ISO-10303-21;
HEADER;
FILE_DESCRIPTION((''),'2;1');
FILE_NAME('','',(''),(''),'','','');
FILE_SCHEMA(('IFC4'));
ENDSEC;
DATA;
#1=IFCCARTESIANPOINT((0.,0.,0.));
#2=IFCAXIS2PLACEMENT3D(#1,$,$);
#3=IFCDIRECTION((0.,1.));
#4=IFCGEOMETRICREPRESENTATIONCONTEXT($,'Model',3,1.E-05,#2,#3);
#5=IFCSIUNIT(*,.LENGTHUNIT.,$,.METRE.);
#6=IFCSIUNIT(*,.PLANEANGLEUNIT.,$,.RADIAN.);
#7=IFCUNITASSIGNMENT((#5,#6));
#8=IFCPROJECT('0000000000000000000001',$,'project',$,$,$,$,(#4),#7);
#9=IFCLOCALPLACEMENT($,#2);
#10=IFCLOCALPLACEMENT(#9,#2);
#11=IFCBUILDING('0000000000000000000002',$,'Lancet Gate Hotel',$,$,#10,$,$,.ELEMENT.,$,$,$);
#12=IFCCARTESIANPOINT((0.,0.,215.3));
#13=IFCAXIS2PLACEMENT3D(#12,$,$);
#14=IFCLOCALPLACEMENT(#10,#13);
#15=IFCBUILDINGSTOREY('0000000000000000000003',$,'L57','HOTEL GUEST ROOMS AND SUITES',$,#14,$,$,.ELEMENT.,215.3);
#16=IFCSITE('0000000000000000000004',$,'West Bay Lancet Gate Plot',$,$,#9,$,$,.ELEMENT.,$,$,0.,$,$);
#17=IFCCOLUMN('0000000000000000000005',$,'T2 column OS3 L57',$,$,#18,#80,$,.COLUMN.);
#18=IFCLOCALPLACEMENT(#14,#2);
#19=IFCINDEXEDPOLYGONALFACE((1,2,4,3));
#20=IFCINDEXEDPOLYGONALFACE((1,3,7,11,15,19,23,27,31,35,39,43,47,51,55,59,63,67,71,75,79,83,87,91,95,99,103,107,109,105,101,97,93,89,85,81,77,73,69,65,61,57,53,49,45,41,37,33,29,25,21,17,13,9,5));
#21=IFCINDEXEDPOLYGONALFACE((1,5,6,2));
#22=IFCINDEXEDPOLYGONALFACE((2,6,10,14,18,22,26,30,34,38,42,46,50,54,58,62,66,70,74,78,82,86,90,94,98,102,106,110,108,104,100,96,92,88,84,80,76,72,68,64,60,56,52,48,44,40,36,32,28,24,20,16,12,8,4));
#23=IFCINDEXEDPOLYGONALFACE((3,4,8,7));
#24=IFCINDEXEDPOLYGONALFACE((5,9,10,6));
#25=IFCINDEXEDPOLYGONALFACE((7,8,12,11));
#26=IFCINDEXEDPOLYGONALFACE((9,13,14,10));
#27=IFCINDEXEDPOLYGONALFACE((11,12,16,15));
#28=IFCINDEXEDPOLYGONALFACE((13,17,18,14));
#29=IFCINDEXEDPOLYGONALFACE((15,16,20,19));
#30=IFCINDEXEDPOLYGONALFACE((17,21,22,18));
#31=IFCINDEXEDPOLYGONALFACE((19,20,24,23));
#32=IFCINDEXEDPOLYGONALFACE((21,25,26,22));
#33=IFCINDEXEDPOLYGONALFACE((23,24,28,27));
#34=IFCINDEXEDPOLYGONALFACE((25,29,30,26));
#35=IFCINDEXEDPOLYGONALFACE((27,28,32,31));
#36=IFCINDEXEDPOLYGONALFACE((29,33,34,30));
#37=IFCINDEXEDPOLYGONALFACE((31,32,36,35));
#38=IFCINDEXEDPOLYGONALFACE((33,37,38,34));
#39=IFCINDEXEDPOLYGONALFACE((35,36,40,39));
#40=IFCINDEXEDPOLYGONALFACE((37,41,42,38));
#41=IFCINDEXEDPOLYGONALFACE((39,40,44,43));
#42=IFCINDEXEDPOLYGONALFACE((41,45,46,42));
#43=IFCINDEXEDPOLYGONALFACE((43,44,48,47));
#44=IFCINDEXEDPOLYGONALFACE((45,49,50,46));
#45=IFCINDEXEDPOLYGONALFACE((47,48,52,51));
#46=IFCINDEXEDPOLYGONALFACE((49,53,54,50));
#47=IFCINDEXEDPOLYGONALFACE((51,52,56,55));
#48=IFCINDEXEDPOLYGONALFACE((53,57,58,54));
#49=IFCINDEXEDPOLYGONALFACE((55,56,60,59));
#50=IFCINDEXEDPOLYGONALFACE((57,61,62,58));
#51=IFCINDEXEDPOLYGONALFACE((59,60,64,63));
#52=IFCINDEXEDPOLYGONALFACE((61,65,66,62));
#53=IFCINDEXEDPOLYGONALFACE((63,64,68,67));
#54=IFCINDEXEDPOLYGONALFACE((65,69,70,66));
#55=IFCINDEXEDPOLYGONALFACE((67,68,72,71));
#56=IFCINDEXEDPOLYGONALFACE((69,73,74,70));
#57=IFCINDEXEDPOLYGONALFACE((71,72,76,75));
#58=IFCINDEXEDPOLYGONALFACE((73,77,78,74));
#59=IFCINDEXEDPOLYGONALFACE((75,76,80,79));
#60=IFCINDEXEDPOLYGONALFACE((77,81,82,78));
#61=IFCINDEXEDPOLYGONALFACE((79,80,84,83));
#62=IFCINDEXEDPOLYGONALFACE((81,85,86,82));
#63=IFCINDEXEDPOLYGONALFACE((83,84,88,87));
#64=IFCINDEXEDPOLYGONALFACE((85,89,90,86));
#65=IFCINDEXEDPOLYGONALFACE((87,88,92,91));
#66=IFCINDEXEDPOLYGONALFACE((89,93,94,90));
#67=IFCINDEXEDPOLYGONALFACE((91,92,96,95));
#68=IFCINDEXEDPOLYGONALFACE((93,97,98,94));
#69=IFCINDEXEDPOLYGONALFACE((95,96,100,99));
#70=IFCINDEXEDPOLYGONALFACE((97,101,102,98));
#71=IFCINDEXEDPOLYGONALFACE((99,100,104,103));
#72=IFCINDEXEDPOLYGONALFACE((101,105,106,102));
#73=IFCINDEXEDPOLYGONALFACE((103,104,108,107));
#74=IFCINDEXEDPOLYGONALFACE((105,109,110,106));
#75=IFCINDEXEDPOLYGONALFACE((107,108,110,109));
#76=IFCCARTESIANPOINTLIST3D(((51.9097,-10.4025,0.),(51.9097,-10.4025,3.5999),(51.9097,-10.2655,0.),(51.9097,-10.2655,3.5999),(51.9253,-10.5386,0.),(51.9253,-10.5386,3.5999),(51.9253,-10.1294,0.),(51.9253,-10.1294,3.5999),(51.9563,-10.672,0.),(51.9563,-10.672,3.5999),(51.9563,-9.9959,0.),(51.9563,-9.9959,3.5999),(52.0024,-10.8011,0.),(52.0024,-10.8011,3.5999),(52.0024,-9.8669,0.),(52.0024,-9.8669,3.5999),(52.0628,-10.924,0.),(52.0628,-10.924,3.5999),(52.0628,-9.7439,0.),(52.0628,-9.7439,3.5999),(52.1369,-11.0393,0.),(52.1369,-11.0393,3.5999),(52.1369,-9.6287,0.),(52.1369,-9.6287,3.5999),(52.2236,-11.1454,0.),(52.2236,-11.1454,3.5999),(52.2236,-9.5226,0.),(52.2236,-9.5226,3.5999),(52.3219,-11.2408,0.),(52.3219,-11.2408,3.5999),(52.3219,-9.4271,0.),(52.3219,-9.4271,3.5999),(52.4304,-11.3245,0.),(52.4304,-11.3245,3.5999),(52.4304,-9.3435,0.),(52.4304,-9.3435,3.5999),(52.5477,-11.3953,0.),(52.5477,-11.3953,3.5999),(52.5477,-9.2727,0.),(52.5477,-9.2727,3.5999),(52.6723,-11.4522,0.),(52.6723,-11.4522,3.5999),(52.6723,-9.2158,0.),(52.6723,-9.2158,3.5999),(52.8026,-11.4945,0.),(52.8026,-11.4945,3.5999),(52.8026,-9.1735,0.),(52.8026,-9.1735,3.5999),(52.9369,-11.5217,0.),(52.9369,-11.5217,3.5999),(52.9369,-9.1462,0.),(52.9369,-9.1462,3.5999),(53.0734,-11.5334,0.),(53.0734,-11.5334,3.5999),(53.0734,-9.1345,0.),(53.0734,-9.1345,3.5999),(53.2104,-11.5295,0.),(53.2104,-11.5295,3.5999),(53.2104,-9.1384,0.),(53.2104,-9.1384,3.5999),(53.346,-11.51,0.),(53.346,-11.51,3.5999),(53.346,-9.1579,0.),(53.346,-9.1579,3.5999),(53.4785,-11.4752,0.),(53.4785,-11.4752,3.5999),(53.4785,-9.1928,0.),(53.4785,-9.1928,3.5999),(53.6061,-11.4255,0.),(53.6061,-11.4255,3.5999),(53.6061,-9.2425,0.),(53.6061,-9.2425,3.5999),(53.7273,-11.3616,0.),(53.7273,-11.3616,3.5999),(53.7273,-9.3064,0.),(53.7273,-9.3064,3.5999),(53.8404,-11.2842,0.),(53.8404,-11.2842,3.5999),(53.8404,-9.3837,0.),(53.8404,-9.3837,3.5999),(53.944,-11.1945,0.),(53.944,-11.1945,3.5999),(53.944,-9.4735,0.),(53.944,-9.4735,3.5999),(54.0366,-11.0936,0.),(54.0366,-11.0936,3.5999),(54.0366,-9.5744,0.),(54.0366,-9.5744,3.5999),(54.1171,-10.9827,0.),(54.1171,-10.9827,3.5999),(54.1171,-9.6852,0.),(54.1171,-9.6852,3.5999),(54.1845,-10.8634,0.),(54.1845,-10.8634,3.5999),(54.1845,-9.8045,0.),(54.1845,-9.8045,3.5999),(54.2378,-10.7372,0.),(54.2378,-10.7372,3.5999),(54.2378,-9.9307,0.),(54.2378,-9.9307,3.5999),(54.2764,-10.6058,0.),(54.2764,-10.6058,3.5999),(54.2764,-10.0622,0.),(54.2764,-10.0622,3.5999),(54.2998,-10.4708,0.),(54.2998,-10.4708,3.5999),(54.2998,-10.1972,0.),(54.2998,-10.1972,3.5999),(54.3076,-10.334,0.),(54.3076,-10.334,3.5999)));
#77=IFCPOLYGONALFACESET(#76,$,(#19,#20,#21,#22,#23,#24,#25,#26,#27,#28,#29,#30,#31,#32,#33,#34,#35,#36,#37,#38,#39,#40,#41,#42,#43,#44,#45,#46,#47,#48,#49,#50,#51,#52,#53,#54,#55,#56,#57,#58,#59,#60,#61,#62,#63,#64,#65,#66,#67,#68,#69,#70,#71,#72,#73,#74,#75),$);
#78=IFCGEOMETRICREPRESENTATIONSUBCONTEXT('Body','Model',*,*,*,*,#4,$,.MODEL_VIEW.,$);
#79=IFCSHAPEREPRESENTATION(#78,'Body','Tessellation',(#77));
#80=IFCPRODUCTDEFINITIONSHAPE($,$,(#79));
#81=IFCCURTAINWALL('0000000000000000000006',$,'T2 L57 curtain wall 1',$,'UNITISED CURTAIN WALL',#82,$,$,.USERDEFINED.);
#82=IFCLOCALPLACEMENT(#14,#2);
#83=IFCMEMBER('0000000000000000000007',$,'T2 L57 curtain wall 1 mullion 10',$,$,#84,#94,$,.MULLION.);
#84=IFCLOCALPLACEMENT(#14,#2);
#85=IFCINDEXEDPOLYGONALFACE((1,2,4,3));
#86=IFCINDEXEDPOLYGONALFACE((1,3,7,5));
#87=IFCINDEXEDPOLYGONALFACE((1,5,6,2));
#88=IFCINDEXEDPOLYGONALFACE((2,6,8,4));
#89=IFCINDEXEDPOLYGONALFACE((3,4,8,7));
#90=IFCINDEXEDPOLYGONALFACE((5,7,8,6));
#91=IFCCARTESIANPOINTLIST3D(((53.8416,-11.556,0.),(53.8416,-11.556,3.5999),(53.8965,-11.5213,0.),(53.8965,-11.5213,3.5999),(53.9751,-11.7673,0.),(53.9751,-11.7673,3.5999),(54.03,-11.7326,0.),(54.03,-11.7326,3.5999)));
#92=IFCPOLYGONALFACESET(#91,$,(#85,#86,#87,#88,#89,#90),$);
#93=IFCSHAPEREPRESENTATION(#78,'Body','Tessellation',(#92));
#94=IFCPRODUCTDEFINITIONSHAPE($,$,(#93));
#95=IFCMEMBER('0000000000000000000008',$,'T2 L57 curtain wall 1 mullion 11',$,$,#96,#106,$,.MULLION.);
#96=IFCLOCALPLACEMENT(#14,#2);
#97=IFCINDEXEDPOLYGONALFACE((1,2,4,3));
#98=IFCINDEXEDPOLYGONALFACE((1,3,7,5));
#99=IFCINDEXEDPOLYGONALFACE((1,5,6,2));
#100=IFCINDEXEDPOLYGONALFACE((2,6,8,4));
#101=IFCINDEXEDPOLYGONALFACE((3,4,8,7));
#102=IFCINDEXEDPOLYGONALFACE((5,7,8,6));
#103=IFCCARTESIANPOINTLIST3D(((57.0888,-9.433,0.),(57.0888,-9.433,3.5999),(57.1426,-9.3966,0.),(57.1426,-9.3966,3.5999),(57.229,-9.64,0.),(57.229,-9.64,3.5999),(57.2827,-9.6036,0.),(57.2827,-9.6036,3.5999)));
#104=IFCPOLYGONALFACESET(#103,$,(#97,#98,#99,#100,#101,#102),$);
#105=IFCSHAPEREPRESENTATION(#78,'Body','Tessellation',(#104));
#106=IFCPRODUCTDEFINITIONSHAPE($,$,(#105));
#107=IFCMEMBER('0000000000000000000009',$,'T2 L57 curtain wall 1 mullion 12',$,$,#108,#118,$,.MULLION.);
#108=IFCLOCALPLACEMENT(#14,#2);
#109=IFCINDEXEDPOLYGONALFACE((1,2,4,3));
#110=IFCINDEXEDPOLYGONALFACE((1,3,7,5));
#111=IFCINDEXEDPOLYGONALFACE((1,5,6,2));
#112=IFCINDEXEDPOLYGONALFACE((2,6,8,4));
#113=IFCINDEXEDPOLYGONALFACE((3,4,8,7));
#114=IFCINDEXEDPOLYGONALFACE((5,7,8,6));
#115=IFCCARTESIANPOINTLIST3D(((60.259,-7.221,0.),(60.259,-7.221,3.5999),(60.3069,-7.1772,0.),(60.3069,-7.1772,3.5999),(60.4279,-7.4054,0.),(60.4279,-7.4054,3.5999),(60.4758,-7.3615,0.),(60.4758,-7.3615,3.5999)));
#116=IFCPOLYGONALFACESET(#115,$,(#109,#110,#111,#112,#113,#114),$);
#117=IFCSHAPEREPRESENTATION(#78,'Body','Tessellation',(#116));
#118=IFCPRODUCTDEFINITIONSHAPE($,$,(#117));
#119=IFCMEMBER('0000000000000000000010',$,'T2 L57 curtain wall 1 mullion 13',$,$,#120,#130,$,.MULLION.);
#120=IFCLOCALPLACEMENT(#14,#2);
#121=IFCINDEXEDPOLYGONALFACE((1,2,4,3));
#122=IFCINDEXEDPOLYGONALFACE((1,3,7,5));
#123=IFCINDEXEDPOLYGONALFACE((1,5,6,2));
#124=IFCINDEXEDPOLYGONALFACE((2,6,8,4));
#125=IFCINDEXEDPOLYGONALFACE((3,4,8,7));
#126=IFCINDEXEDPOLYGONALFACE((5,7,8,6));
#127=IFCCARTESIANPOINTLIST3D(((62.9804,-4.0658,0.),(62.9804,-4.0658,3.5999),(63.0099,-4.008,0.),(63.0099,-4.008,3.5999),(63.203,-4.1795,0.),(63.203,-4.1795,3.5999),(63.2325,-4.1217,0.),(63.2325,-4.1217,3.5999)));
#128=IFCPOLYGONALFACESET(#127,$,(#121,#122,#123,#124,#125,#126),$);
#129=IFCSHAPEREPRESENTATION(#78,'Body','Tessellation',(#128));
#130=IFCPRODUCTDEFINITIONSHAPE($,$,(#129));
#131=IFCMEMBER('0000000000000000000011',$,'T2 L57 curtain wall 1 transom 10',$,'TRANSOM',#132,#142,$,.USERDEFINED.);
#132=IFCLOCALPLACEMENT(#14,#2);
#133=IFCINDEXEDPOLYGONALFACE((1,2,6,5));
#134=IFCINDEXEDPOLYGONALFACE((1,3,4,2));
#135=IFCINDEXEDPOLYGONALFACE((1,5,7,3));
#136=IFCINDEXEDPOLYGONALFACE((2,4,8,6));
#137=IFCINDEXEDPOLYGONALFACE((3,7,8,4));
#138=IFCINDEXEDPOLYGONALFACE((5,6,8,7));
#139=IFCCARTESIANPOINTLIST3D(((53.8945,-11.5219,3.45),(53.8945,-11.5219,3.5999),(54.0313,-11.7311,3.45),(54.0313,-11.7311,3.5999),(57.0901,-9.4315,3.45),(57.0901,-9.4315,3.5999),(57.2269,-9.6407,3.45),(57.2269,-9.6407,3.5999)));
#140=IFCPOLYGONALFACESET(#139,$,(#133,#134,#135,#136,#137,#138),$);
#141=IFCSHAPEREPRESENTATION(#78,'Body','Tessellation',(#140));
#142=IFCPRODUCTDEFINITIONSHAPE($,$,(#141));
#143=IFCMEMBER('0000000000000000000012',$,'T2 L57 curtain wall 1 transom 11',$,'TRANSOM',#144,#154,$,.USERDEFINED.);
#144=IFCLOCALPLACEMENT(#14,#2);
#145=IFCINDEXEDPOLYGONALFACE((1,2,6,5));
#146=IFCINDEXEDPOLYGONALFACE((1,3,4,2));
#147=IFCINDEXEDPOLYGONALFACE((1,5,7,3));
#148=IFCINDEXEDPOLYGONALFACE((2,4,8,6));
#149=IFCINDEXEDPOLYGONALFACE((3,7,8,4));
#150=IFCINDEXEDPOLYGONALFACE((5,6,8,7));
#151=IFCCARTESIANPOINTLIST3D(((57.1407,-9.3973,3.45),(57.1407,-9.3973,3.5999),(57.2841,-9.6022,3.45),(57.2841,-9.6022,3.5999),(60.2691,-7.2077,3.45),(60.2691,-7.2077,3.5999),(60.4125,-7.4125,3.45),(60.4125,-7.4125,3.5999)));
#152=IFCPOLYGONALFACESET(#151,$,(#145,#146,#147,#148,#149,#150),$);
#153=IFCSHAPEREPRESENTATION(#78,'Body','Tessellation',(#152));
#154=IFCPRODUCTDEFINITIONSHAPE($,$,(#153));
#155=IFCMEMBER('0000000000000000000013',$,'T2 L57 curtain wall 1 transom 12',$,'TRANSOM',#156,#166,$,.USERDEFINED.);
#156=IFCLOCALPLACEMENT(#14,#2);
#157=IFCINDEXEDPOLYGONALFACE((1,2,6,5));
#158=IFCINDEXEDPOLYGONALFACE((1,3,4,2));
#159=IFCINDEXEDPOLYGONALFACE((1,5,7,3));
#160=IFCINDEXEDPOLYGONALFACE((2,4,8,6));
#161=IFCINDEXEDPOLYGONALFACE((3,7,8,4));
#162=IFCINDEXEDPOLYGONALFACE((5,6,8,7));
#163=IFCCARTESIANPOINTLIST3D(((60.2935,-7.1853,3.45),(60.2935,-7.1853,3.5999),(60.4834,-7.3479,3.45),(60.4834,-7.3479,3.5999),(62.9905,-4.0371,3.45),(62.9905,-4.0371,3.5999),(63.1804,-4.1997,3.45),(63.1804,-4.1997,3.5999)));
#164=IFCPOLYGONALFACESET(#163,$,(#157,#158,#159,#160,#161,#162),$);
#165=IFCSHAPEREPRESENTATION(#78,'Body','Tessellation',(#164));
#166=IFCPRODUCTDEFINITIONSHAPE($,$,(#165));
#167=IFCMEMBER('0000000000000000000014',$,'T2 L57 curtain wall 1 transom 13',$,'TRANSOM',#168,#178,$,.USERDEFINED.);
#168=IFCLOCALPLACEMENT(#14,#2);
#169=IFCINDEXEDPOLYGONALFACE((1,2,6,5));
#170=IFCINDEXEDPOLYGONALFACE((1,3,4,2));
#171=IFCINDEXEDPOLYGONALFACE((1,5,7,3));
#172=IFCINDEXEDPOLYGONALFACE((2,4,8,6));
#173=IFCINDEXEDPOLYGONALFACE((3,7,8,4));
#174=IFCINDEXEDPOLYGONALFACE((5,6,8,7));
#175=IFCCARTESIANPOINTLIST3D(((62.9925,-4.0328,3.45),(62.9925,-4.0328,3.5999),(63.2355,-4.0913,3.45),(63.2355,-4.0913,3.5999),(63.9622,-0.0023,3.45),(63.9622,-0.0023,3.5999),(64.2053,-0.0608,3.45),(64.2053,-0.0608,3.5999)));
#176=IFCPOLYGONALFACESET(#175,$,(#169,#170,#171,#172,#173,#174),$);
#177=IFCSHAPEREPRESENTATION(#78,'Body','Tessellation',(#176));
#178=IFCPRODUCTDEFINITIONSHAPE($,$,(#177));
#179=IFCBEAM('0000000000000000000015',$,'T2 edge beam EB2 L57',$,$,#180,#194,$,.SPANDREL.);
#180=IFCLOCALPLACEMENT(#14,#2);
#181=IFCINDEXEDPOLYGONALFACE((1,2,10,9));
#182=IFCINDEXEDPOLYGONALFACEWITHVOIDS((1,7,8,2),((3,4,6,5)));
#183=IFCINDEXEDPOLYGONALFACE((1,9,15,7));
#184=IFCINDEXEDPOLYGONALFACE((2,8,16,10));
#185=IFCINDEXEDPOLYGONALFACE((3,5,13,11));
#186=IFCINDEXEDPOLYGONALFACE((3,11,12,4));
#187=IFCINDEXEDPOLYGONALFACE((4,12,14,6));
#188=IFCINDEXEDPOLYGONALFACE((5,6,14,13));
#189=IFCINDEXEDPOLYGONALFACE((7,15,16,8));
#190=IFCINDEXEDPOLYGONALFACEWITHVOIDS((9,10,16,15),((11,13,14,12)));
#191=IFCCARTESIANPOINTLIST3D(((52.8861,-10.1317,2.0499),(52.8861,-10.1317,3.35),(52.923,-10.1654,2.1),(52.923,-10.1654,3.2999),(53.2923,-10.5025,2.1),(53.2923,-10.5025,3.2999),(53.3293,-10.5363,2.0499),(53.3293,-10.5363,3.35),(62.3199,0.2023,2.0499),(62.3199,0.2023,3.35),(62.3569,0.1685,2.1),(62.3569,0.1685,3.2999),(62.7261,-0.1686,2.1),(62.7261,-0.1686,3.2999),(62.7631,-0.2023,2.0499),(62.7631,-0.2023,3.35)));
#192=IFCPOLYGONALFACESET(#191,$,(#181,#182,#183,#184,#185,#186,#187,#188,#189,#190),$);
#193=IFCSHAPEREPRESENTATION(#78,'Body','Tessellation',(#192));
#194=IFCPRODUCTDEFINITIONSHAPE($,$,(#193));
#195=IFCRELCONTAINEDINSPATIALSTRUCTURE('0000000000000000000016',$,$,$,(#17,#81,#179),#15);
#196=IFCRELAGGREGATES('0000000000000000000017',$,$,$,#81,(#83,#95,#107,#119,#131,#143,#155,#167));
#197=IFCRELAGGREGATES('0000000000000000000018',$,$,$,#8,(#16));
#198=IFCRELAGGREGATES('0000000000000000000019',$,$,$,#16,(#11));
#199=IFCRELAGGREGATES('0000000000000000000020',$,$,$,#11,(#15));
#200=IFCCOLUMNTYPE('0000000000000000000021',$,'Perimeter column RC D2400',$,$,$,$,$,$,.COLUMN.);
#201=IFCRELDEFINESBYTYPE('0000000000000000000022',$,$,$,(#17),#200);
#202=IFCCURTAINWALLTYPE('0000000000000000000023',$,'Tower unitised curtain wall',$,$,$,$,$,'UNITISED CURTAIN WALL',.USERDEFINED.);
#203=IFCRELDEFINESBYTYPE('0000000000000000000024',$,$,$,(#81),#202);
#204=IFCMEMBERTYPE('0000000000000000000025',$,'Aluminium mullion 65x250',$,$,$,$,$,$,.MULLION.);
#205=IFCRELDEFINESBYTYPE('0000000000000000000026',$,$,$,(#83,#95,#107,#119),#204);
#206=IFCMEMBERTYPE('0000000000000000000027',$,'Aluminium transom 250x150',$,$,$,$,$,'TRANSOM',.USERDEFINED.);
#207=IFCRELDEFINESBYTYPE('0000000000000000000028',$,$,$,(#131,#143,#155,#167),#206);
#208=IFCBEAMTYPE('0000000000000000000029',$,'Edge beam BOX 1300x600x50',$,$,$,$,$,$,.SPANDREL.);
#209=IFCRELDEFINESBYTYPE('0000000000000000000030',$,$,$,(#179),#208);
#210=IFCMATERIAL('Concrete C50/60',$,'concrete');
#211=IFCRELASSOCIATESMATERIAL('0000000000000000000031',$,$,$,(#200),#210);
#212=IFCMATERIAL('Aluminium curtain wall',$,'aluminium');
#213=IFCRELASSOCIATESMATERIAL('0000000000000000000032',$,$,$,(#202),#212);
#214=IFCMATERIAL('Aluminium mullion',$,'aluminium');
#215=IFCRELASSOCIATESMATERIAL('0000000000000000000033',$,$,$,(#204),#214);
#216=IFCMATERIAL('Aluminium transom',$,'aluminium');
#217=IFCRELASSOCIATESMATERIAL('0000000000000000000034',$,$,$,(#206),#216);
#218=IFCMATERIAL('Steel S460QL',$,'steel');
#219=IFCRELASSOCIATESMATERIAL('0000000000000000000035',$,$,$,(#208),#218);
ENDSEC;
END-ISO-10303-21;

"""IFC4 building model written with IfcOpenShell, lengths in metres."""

from ifc_helpers import new_model, si_unit, direction, frame, origin, origin_2d, place, context, subcontext, project, spatial, rectangle, hollow_rectangle, circle, extrude, material, material_profile, profile_set, type_object, element, aggregate, save


model = new_model("IFC4")

# Units and contexts
model_context = context("Model", 3, precision=1e-05, world=origin(), true_north=direction((0.0, 1.0)))
body_context = subcontext(model_context, "Body", "Model", "MODEL_VIEW")
ifc_project = project(units=[si_unit("LENGTHUNIT", "METRE"), si_unit("PLANEANGLEUNIT", "RADIAN")], contexts=[model_context])

# Site, building, storey
site_placement = place(None, origin())
site = spatial("IfcSite", under=ifc_project, at=site_placement, Name="West Bay Lancet Gate Plot", CompositionType="ELEMENT", RefElevation=0.0)
building_placement = place(site_placement, origin())
building = spatial("IfcBuilding", under=site, at=building_placement, Name="Lancet Gate Hotel", CompositionType="ELEMENT")
storey_placement = place(building_placement, frame((0.0, 0.0, 215.3)))
storey = spatial("IfcBuildingStorey", under=building, at=storey_placement, Name="L57", Description="HOTEL GUEST ROOMS AND SUITES", CompositionType="ELEMENT", Elevation=215.3)

# Column
ifc_material_1 = material(Name="Concrete C50/60", Category="concrete")
ifc_material_profile_1 = material_profile(ifc_material_1, circle(Radius=1.2, at=origin_2d()), Name="RC D2400")
ifc_profile_set_1 = profile_set([ifc_material_profile_1], Name="Concrete C50/60")
column_type = type_object("IfcColumnType", Name="Perimeter column RC D2400", PredefinedType="COLUMN", material=ifc_profile_set_1)
column_placement = place(storey_placement, frame((53.1077, -10.334, 0.0), z_axis=(0.0, 0.0, 1.0), x_axis=(1.0, 0.0, 0.0)))
element("IfcColumn", 1, at=column_placement, inside=storey, type_object=column_type, Name="T2 column OS3 L57", PredefinedType="COLUMN", context=body_context, shape_type="SweptSolid", body=[
    extrude(circle(Radius=1.2, at=origin_2d()), origin(), (0.0, 0.0, 1.0), 3.5999),
])

# Curtain wall, members
ifc_material_2 = material(Name="Aluminium curtain wall", Category="aluminium")
curtain_wall_type = type_object("IfcCurtainWallType", Name="Tower unitised curtain wall", ElementType="UNITISED CURTAIN WALL", PredefinedType="USERDEFINED", material=ifc_material_2)
curtain_wall_placement = place(storey_placement, origin())
curtain_wall = element("IfcCurtainWall", 2, at=curtain_wall_placement, inside=storey, type_object=curtain_wall_type, Name="T2 L57 curtain wall 1", ObjectType="UNITISED CURTAIN WALL", PredefinedType="USERDEFINED")
ifc_material_3 = material(Name="Aluminium mullion", Category="aluminium")
ifc_material_profile_2 = material_profile(ifc_material_3, rectangle(XDim=0.0649, YDim=0.25, at=origin_2d()), Name="MULLION 65x250")
ifc_profile_set_2 = profile_set([ifc_material_profile_2], Name="Aluminium mullion")
member_type_1 = type_object("IfcMemberType", Name="Aluminium mullion 65x250", PredefinedType="MULLION", material=ifc_profile_set_2)
member_1_placement = place(storey_placement, frame((53.9358, -11.6443, 0.0), z_axis=(0.0, 0.0, 1.0), x_axis=(0.84534, 0.534229, 0.0)))
member_1 = element("IfcMember", 3, at=member_1_placement, type_object=member_type_1, Name="T2 L57 curtain wall 1 mullion 10", PredefinedType="MULLION", context=body_context, shape_type="SweptSolid", body=[
    extrude(rectangle(XDim=0.0649, YDim=0.25, at=origin_2d()), origin(), (0.0, 0.0, 1.0), 3.5999),
])
member_2_placement = place(storey_placement, frame((57.1858, -9.5183, 0.0), z_axis=(0.0, 0.0, 1.0), x_axis=(0.828155, 0.5605, 0.0)))
member_2 = element("IfcMember", 4, at=member_2_placement, type_object=member_type_1, Name="T2 L57 curtain wall 1 mullion 11", PredefinedType="MULLION", context=body_context, shape_type="SweptSolid", body=[
    extrude(rectangle(XDim=0.0649, YDim=0.25, at=origin_2d()), origin(), (0.0, 0.0, 1.0), 3.5999),
])
member_3_placement = place(storey_placement, frame((60.3674, -7.2913, 0.0), z_axis=(0.0, 0.0, 1.0), x_axis=(0.737323, 0.67554, 0.0)))
member_3 = element("IfcMember", 5, at=member_3_placement, type_object=member_type_1, Name="T2 L57 curtain wall 1 mullion 12", PredefinedType="MULLION", context=body_context, shape_type="SweptSolid", body=[
    extrude(rectangle(XDim=0.0649, YDim=0.25, at=origin_2d()), origin(), (0.0, 0.0, 1.0), 3.5999),
])
member_4_placement = place(storey_placement, frame((63.1064, -4.0938, 0.0), z_axis=(0.0, 0.0, 1.0), x_axis=(0.454853, 0.890567, 0.0)))
member_4 = element("IfcMember", 6, at=member_4_placement, type_object=member_type_1, Name="T2 L57 curtain wall 1 mullion 13", PredefinedType="MULLION", context=body_context, shape_type="SweptSolid", body=[
    extrude(rectangle(XDim=0.0649, YDim=0.25, at=origin_2d()), origin(), (0.0, 0.0, 1.0), 3.5999),
])
ifc_material_4 = material(Name="Aluminium transom", Category="aluminium")
ifc_material_profile_3 = material_profile(ifc_material_4, rectangle(XDim=0.25, YDim=0.1499, at=origin_2d()), Name="TRANSOM 250x150")
ifc_profile_set_3 = profile_set([ifc_material_profile_3], Name="Aluminium transom")
member_type_2 = type_object("IfcMemberType", Name="Aluminium transom 250x150", ElementType="TRANSOM", PredefinedType="USERDEFINED", material=ifc_profile_set_3)
member_5_placement = place(storey_placement, frame((53.9629, -11.6265, 3.5249), z_axis=(0.836858, 0.54742, 0.0), x_axis=(-0.54742, 0.836858, 0.0)))
member_5 = element("IfcMember", 7, at=member_5_placement, type_object=member_type_2, Name="T2 L57 curtain wall 1 transom 10", ObjectType="TRANSOM", PredefinedType="USERDEFINED", context=body_context, shape_type="SweptSolid", body=[
    extrude(rectangle(XDim=0.25, YDim=0.1499, at=origin_2d()), origin(), (0.0, 0.0, 1.0), 3.8186),
])
member_6_placement = place(storey_placement, frame((57.2124, -9.4998, 3.5249), z_axis=(0.819256, 0.573428, 0.0), x_axis=(-0.573428, 0.819256, 0.0)))
member_6 = element("IfcMember", 8, at=member_6_placement, type_object=member_type_2, Name="T2 L57 curtain wall 1 transom 11", ObjectType="TRANSOM", PredefinedType="USERDEFINED", context=body_context, shape_type="SweptSolid", body=[
    extrude(rectangle(XDim=0.25, YDim=0.1499, at=origin_2d()), origin(), (0.0, 0.0, 1.0), 3.8186),
])
member_7_placement = place(storey_placement, frame((60.3884, -7.2666, 3.5249), z_axis=(0.650593, 0.759427, 0.0), x_axis=(-0.759427, 0.650593, 0.0)))
member_7 = element("IfcMember", 9, at=member_7_placement, type_object=member_type_2, Name="T2 L57 curtain wall 1 transom 12", ObjectType="TRANSOM", PredefinedType="USERDEFINED", context=body_context, shape_type="SweptSolid", body=[
    extrude(rectangle(XDim=0.25, YDim=0.1499, at=origin_2d()), origin(), (0.0, 0.0, 1.0), 4.1455),
])
member_8_placement = place(storey_placement, frame((63.114, -4.062, 3.5249), z_axis=(0.233921, 0.972256, 0.0), x_axis=(-0.972256, 0.233921, 0.0)))
member_8 = element("IfcMember", 10, at=member_8_placement, type_object=member_type_2, Name="T2 L57 curtain wall 1 transom 13", ObjectType="TRANSOM", PredefinedType="USERDEFINED", context=body_context, shape_type="SweptSolid", body=[
    extrude(rectangle(XDim=0.25, YDim=0.1499, at=origin_2d()), origin(), (0.0, 0.0, 1.0), 4.1455),
])

# Beam
ifc_material_5 = material(Name="Steel S460QL", Category="steel")
ifc_material_profile_4 = material_profile(ifc_material_5, hollow_rectangle(XDim=0.6001, YDim=1.3, WallThickness=0.05, at=origin_2d()), Name="BOX 1300x600x50")
ifc_profile_set_4 = profile_set([ifc_material_profile_4], Name="Steel S460QL")
beam_type_1 = type_object("IfcBeamType", Name="Edge beam BOX 1300x600x50", PredefinedType="SPANDREL", material=ifc_profile_set_4)
beam_1_placement = place(storey_placement, frame((53.1077, -10.334, 2.7), z_axis=(0.674209, 0.73854, 0.0), x_axis=(-0.73854, 0.674209, 0.0)))
element("IfcBeam", 11, at=beam_1_placement, inside=storey, type_object=beam_type_1, Name="T2 edge beam EB2 L57", PredefinedType="SPANDREL", context=body_context, shape_type="SweptSolid", body=[
    extrude(hollow_rectangle(XDim=0.6001, YDim=1.3, WallThickness=0.05, at=origin_2d()), origin(), (0.0, 0.0, 1.0), 13.9924),
])

aggregate(curtain_wall, [member_1, member_2, member_3, member_4, member_5, member_6, member_7, member_8])

save(model, "model.ifc")
